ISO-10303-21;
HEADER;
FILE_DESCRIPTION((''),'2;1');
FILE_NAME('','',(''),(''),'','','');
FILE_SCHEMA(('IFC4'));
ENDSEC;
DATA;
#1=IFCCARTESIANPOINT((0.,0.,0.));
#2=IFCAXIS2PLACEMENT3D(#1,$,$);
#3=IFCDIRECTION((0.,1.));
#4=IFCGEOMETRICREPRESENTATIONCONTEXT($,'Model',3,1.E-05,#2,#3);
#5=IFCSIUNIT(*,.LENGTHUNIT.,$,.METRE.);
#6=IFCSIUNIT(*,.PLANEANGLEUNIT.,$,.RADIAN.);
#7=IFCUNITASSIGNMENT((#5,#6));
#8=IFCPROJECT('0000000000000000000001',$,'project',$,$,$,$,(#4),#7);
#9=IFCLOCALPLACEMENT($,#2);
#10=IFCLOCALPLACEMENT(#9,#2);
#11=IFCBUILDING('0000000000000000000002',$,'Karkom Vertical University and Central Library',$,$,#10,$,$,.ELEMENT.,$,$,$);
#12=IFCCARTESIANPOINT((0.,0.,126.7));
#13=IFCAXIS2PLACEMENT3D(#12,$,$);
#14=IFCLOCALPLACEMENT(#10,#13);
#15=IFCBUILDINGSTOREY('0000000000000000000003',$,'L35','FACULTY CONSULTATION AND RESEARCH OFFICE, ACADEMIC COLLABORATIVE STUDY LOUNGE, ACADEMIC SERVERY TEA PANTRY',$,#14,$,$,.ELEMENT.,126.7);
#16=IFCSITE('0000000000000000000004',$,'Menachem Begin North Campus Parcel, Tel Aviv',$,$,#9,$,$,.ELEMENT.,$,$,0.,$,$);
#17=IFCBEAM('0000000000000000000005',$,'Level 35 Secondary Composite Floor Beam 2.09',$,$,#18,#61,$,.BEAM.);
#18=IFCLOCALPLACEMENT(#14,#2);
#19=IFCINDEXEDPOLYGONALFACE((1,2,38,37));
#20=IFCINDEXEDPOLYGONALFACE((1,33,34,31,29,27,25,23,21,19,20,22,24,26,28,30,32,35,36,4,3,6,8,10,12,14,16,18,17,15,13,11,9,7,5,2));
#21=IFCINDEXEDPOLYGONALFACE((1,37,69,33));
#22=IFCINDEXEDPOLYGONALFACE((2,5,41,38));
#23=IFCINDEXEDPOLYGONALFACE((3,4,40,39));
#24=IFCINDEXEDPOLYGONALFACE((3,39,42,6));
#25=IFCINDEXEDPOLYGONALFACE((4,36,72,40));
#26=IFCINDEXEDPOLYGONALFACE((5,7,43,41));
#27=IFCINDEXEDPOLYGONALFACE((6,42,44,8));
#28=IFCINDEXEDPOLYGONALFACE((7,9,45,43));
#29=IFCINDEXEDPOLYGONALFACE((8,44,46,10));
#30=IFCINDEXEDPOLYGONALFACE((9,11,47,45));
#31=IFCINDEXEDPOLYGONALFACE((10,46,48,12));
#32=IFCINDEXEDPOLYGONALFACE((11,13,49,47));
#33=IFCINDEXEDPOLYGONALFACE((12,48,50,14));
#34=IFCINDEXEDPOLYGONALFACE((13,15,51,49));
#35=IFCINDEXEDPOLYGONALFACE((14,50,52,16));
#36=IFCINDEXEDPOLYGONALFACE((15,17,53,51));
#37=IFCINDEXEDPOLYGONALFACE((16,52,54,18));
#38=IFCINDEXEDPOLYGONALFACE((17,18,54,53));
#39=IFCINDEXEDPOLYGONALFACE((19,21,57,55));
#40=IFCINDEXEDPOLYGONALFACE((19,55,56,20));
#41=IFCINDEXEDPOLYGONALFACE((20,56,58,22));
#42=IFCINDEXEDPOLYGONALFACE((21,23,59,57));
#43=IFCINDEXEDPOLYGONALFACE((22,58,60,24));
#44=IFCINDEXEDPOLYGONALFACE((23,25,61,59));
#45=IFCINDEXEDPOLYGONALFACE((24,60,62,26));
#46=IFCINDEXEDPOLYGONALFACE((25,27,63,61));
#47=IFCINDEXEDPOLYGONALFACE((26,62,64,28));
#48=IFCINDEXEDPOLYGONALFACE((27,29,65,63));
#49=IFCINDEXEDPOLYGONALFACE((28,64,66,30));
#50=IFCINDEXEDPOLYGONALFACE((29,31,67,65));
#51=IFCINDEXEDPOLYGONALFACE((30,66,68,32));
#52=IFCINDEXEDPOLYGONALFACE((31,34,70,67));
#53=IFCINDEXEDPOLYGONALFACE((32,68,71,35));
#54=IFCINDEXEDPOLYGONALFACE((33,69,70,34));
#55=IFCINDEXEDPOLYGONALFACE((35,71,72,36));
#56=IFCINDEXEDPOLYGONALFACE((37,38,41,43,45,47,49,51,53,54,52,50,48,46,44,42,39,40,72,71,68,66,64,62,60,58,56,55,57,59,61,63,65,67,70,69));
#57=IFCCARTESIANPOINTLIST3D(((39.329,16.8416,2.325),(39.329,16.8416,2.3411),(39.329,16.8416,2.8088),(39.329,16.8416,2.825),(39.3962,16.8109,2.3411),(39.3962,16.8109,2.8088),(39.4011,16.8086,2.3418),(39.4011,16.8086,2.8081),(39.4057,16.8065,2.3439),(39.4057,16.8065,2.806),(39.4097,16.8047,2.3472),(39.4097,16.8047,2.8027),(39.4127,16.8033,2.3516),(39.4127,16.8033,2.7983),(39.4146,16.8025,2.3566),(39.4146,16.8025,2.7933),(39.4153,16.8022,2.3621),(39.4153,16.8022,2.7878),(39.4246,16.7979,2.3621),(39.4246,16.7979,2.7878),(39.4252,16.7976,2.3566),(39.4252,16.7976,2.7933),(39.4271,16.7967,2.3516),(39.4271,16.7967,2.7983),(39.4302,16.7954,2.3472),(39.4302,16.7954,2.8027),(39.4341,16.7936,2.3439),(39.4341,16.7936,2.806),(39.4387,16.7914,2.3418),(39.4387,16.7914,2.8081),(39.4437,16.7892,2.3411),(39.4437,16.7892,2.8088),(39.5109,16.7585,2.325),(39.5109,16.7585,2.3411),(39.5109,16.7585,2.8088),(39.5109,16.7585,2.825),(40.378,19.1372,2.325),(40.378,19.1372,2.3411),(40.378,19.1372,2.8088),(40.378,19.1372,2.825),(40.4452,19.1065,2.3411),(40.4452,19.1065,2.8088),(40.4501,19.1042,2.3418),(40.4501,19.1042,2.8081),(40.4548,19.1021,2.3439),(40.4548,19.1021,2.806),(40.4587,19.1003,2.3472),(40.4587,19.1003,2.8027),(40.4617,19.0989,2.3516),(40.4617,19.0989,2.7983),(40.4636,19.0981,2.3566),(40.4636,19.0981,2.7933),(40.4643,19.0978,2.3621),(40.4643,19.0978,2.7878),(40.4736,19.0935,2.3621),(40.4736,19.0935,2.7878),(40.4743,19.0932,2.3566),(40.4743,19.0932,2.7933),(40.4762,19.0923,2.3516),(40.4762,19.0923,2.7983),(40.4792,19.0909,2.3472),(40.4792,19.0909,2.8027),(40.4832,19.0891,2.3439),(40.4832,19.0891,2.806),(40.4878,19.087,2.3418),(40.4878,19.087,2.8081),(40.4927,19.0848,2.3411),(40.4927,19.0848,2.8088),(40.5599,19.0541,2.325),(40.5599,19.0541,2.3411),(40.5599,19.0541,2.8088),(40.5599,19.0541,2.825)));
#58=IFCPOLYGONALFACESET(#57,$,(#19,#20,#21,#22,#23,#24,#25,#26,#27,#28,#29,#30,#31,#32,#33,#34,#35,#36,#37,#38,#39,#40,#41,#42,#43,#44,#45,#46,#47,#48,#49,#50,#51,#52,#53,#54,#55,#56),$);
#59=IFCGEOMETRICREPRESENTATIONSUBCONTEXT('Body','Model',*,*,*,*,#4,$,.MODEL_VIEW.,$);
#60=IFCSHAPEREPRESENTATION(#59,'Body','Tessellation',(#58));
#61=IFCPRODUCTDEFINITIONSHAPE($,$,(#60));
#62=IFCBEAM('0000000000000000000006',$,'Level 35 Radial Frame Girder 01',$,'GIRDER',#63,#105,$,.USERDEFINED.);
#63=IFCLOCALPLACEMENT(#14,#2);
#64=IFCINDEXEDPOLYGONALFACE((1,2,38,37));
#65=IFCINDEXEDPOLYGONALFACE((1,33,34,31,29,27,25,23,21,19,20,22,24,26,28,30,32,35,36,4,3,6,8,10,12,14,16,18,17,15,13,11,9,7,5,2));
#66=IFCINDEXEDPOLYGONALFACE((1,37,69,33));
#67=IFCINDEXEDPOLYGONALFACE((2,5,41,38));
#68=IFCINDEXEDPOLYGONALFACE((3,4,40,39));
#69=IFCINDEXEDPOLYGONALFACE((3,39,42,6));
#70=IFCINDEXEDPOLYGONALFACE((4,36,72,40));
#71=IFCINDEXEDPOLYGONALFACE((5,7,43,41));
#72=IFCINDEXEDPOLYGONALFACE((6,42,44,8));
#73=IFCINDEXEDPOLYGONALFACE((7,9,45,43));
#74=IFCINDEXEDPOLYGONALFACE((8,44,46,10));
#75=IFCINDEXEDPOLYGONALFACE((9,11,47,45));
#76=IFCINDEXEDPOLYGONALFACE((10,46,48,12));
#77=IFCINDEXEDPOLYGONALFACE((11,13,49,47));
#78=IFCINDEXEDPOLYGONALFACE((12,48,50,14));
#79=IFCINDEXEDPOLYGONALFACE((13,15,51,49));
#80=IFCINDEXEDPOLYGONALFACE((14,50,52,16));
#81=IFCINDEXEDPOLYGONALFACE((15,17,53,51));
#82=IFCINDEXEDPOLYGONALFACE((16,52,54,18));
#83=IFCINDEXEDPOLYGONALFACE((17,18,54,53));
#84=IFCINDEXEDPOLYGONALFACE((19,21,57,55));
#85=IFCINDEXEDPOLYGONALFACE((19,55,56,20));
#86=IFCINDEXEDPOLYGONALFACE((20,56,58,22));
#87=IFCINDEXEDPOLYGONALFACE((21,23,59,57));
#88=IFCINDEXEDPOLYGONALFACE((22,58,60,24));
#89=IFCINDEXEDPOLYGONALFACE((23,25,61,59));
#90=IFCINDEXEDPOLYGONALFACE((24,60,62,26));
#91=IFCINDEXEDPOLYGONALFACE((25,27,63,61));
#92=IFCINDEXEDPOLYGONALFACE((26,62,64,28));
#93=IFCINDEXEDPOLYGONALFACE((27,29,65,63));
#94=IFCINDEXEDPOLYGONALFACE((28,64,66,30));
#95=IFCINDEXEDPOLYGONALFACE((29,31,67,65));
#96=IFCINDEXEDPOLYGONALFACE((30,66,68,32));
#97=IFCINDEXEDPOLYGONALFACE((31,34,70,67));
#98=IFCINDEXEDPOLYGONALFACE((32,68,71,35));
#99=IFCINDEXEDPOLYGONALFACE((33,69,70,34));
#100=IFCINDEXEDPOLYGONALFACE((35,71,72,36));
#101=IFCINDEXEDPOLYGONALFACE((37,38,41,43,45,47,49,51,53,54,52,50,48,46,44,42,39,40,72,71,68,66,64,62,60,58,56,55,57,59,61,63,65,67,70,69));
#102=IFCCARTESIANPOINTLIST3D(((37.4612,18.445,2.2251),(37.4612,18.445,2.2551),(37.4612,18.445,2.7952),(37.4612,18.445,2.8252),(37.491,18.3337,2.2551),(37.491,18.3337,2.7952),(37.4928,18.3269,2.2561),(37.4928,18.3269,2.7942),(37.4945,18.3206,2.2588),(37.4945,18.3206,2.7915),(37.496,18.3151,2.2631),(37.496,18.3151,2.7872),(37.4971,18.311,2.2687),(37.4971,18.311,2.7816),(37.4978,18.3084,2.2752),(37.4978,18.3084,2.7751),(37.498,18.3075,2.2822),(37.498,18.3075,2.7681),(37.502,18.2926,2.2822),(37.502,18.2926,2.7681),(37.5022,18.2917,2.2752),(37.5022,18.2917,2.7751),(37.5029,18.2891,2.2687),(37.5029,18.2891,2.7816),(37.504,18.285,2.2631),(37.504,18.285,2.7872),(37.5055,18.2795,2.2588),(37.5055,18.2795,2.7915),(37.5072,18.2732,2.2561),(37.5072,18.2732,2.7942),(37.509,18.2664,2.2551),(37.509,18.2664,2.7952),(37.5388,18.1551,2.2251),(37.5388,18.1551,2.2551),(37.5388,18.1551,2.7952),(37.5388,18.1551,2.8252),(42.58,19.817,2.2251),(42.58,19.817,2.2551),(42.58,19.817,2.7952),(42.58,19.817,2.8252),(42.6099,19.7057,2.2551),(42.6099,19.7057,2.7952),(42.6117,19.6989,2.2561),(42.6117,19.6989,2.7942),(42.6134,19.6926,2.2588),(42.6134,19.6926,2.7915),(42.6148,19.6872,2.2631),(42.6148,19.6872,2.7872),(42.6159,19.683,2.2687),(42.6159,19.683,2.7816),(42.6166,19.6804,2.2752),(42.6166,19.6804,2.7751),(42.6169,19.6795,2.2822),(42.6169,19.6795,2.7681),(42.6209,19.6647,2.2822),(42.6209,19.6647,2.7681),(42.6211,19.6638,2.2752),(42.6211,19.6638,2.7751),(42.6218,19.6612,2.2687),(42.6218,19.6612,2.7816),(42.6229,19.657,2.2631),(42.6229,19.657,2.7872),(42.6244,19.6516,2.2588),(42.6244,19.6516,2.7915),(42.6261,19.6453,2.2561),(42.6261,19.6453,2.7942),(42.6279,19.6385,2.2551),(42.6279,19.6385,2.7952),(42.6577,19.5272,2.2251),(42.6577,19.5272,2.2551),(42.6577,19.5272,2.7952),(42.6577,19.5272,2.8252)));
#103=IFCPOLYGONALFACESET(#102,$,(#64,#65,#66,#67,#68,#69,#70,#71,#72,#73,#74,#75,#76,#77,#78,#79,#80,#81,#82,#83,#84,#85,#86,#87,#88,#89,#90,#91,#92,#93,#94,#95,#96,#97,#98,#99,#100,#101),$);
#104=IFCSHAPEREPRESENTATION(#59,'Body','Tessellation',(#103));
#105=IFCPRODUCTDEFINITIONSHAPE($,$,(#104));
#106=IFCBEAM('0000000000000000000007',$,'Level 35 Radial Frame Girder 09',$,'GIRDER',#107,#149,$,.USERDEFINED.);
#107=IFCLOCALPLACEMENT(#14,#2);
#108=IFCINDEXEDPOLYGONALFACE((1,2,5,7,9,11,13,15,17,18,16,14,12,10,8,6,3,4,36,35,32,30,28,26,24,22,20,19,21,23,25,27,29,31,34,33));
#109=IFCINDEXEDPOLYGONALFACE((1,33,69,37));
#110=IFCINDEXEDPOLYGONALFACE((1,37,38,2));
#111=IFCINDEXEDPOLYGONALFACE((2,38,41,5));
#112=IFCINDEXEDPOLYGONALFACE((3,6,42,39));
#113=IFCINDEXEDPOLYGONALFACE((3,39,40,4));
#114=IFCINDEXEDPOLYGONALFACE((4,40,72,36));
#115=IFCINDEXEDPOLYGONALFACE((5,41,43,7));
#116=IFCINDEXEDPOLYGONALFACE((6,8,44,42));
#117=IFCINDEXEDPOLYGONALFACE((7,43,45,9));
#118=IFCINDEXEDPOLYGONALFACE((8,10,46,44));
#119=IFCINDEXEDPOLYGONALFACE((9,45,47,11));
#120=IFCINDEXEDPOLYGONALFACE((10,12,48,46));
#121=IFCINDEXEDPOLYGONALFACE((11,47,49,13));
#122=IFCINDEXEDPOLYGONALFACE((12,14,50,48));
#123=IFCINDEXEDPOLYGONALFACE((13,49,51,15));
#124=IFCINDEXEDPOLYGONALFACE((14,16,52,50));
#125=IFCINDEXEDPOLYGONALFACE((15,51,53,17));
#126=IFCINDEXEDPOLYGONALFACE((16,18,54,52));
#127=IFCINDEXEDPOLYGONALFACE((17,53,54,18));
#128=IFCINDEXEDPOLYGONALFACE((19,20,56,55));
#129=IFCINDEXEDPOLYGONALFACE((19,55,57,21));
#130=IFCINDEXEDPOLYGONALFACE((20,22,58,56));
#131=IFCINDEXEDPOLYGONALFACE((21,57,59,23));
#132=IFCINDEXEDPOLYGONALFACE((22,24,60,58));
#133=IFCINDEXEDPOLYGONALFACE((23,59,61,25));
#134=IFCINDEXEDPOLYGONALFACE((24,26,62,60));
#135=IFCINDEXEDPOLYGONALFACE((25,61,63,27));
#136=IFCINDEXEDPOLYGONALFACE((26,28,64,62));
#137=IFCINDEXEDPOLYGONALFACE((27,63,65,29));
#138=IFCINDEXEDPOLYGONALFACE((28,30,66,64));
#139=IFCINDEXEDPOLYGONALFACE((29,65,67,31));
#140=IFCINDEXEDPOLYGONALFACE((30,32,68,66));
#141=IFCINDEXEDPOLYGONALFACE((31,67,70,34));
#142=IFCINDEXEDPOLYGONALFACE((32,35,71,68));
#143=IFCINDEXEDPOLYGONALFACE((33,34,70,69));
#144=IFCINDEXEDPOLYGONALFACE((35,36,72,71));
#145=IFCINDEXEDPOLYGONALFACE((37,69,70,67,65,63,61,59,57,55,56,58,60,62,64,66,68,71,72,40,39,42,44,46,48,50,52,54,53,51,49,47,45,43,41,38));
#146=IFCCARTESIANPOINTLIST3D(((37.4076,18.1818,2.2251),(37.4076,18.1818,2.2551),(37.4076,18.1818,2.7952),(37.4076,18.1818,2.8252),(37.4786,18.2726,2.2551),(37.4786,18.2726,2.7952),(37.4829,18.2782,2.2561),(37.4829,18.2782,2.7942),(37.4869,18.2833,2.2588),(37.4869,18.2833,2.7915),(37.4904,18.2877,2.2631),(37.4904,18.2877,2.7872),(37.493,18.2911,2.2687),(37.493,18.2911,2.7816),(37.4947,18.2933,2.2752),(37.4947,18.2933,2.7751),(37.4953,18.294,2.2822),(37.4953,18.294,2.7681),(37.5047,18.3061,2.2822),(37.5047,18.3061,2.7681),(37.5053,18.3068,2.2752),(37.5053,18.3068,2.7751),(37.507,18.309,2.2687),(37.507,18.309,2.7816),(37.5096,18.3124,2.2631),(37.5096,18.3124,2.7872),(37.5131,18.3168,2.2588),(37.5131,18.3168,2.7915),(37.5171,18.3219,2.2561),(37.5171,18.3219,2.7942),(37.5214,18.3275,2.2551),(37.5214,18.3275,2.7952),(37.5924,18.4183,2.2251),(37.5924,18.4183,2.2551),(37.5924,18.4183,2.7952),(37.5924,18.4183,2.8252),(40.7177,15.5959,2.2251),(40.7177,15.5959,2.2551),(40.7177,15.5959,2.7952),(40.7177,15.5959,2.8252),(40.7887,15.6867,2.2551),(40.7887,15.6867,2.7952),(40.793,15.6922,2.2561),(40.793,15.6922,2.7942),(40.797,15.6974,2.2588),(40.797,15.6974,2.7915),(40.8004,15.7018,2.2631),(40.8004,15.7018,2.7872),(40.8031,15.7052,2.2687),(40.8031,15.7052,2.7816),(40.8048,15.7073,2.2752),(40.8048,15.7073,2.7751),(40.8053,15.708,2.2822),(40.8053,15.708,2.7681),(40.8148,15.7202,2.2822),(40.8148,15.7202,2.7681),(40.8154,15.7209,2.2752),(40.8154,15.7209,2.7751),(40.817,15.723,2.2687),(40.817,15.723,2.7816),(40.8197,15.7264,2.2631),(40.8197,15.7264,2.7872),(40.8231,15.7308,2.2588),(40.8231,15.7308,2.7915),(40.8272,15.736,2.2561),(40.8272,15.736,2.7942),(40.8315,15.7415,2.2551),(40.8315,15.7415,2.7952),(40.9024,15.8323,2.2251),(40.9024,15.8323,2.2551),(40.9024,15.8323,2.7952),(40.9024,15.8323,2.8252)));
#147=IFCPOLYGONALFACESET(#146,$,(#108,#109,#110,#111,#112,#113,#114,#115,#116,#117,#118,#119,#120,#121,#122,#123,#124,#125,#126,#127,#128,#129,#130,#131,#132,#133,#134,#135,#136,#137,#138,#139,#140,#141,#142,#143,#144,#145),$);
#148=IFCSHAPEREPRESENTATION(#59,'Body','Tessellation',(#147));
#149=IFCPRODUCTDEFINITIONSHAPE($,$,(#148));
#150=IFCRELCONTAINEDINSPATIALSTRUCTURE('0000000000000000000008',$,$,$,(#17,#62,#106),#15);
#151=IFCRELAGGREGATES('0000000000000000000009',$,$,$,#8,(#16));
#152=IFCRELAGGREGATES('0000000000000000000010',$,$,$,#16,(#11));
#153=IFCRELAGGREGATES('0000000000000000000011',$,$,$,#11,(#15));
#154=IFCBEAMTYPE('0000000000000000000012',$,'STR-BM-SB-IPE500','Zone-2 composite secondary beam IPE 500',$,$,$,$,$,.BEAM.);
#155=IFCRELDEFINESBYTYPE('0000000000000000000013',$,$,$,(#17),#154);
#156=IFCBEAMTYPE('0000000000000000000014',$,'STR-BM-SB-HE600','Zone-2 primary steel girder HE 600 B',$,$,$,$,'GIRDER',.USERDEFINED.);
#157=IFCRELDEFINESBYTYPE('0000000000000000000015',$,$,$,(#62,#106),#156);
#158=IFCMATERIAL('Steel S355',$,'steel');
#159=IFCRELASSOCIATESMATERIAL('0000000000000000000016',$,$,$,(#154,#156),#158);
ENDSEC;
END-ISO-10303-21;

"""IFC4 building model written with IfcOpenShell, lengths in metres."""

from ifc_helpers import new_model, si_unit, direction, frame, origin, origin_with_axes, origin_2d, place, context, subcontext, project, spatial, i_section, extrude, source, transform, mapped, material, material_profile, profile_set, type_object, element, save


model = new_model("IFC4")

# Units and contexts
model_context = context("Model", 3, precision=1e-05, world=origin(), true_north=direction((0.0, 1.0)))
body_context = subcontext(model_context, "Body", "Model", "MODEL_VIEW")
ifc_project = project(units=[si_unit("LENGTHUNIT", "METRE"), si_unit("PLANEANGLEUNIT", "RADIAN")], contexts=[model_context])

# Site, building, storey
site_placement = place(None, origin())
site = spatial("IfcSite", under=ifc_project, at=site_placement, Name="Menachem Begin North Campus Parcel, Tel Aviv", CompositionType="ELEMENT", RefElevation=0.0)
building_placement = place(site_placement, origin())
building = spatial("IfcBuilding", under=site, at=building_placement, Name="Karkom Vertical University and Central Library", CompositionType="ELEMENT")
storey_placement = place(building_placement, frame((0.0, 0.0, 126.7)))
storey = spatial("IfcBuildingStorey", under=building, at=storey_placement, Name="L35", Description="FACULTY CONSULTATION AND RESEARCH OFFICE, ACADEMIC COLLABORATIVE STUDY LOUNGE, ACADEMIC SERVERY TEA PANTRY", CompositionType="ELEMENT", Elevation=126.7)

# Beams
ifc_material_1 = material(Name="Steel S355", Category="steel")
ifc_material_profile_1 = material_profile(ifc_material_1, i_section(OverallWidth=0.2, OverallDepth=0.5, WebThickness=0.0103, FlangeThickness=0.0161, FilletRadius=0.021, at=origin_2d()), Name="IPE 500")
ifc_profile_set_1 = profile_set([ifc_material_profile_1], Name="Steel S355")
beam_type_1 = type_object("IfcBeamType", Name="STR-BM-SB-IPE500", Description="Zone-2 composite secondary beam IPE 500", PredefinedType="BEAM", material=ifc_profile_set_1)
shared_shape_1 = source(origin_with_axes(), body_context, "Body", "SweptSolid", [
    extrude(i_section(OverallWidth=0.2, OverallDepth=0.5, WebThickness=0.0103, FlangeThickness=0.0161, FilletRadius=0.021, at=origin_2d()), origin(), (0.0, 0.0, 1.0), 2.5239),
])
beam_1_placement = place(storey_placement, frame((39.4199, 16.8, 2.575), z_axis=(0.415639, 0.90953, 0.0), x_axis=(-0.90953, 0.415639, 0.0)))
element("IfcBeam", 1, at=beam_1_placement, inside=storey, type_object=beam_type_1, Name="Level 35 Secondary Composite Floor Beam 2.09", PredefinedType="BEAM", context=body_context, shape_type="MappedRepresentation", body=[
    mapped(shared_shape_1, transform((0.0, 0.0, 0.0), scale=1.0)),
])
ifc_material_profile_2 = material_profile(ifc_material_1, i_section(OverallWidth=0.3, OverallDepth=0.6001, WebThickness=0.0154, FlangeThickness=0.03, FilletRadius=0.0271, at=origin_2d()), Name="HE 600 B")
ifc_profile_set_2 = profile_set([ifc_material_profile_2], Name="Steel S355")
beam_type_2 = type_object("IfcBeamType", Name="STR-BM-SB-HE600", Description="Zone-2 primary steel girder HE 600 B", ElementType="GIRDER", PredefinedType="USERDEFINED", material=ifc_profile_set_2)
shared_shape_2 = source(origin_with_axes(), body_context, "Body", "SweptSolid", [
    extrude(i_section(OverallWidth=0.3, OverallDepth=0.6001, WebThickness=0.0154, FlangeThickness=0.03, FilletRadius=0.0271, at=origin_2d()), origin(), (0.0, 0.0, 1.0), 5.2996),
])
beam_2_placement = place(storey_placement, frame((37.5, 18.3, 2.5251), z_axis=(0.965904, 0.258901, 0.0), x_axis=(-0.258901, 0.965904, 0.0)))
element("IfcBeam", 2, at=beam_2_placement, inside=storey, type_object=beam_type_2, Name="Level 35 Radial Frame Girder 01", ObjectType="GIRDER", PredefinedType="USERDEFINED", context=body_context, shape_type="MappedRepresentation", body=[
    mapped(shared_shape_2, transform((0.0, 0.0, 0.0), scale=1.0)),
])
shared_shape_3 = source(origin_with_axes(), body_context, "Body", "SweptSolid", [
    extrude(i_section(OverallWidth=0.3, OverallDepth=0.6001, WebThickness=0.0154, FlangeThickness=0.03, FilletRadius=0.0271, at=origin_2d()), origin(), (0.0, 0.0, 1.0), 4.2004),
])
beam_3_placement = place(storey_placement, frame((37.5, 18.3, 2.5251), z_axis=(0.78803, -0.615637, 0.0), x_axis=(0.615637, 0.78803, 0.0)))
element("IfcBeam", 3, at=beam_3_placement, inside=storey, type_object=beam_type_2, Name="Level 35 Radial Frame Girder 09", ObjectType="GIRDER", PredefinedType="USERDEFINED", context=body_context, shape_type="MappedRepresentation", body=[
    mapped(shared_shape_3, transform((0.0, 0.0, 0.0), scale=1.0)),
])

save(model, "model.ifc")
